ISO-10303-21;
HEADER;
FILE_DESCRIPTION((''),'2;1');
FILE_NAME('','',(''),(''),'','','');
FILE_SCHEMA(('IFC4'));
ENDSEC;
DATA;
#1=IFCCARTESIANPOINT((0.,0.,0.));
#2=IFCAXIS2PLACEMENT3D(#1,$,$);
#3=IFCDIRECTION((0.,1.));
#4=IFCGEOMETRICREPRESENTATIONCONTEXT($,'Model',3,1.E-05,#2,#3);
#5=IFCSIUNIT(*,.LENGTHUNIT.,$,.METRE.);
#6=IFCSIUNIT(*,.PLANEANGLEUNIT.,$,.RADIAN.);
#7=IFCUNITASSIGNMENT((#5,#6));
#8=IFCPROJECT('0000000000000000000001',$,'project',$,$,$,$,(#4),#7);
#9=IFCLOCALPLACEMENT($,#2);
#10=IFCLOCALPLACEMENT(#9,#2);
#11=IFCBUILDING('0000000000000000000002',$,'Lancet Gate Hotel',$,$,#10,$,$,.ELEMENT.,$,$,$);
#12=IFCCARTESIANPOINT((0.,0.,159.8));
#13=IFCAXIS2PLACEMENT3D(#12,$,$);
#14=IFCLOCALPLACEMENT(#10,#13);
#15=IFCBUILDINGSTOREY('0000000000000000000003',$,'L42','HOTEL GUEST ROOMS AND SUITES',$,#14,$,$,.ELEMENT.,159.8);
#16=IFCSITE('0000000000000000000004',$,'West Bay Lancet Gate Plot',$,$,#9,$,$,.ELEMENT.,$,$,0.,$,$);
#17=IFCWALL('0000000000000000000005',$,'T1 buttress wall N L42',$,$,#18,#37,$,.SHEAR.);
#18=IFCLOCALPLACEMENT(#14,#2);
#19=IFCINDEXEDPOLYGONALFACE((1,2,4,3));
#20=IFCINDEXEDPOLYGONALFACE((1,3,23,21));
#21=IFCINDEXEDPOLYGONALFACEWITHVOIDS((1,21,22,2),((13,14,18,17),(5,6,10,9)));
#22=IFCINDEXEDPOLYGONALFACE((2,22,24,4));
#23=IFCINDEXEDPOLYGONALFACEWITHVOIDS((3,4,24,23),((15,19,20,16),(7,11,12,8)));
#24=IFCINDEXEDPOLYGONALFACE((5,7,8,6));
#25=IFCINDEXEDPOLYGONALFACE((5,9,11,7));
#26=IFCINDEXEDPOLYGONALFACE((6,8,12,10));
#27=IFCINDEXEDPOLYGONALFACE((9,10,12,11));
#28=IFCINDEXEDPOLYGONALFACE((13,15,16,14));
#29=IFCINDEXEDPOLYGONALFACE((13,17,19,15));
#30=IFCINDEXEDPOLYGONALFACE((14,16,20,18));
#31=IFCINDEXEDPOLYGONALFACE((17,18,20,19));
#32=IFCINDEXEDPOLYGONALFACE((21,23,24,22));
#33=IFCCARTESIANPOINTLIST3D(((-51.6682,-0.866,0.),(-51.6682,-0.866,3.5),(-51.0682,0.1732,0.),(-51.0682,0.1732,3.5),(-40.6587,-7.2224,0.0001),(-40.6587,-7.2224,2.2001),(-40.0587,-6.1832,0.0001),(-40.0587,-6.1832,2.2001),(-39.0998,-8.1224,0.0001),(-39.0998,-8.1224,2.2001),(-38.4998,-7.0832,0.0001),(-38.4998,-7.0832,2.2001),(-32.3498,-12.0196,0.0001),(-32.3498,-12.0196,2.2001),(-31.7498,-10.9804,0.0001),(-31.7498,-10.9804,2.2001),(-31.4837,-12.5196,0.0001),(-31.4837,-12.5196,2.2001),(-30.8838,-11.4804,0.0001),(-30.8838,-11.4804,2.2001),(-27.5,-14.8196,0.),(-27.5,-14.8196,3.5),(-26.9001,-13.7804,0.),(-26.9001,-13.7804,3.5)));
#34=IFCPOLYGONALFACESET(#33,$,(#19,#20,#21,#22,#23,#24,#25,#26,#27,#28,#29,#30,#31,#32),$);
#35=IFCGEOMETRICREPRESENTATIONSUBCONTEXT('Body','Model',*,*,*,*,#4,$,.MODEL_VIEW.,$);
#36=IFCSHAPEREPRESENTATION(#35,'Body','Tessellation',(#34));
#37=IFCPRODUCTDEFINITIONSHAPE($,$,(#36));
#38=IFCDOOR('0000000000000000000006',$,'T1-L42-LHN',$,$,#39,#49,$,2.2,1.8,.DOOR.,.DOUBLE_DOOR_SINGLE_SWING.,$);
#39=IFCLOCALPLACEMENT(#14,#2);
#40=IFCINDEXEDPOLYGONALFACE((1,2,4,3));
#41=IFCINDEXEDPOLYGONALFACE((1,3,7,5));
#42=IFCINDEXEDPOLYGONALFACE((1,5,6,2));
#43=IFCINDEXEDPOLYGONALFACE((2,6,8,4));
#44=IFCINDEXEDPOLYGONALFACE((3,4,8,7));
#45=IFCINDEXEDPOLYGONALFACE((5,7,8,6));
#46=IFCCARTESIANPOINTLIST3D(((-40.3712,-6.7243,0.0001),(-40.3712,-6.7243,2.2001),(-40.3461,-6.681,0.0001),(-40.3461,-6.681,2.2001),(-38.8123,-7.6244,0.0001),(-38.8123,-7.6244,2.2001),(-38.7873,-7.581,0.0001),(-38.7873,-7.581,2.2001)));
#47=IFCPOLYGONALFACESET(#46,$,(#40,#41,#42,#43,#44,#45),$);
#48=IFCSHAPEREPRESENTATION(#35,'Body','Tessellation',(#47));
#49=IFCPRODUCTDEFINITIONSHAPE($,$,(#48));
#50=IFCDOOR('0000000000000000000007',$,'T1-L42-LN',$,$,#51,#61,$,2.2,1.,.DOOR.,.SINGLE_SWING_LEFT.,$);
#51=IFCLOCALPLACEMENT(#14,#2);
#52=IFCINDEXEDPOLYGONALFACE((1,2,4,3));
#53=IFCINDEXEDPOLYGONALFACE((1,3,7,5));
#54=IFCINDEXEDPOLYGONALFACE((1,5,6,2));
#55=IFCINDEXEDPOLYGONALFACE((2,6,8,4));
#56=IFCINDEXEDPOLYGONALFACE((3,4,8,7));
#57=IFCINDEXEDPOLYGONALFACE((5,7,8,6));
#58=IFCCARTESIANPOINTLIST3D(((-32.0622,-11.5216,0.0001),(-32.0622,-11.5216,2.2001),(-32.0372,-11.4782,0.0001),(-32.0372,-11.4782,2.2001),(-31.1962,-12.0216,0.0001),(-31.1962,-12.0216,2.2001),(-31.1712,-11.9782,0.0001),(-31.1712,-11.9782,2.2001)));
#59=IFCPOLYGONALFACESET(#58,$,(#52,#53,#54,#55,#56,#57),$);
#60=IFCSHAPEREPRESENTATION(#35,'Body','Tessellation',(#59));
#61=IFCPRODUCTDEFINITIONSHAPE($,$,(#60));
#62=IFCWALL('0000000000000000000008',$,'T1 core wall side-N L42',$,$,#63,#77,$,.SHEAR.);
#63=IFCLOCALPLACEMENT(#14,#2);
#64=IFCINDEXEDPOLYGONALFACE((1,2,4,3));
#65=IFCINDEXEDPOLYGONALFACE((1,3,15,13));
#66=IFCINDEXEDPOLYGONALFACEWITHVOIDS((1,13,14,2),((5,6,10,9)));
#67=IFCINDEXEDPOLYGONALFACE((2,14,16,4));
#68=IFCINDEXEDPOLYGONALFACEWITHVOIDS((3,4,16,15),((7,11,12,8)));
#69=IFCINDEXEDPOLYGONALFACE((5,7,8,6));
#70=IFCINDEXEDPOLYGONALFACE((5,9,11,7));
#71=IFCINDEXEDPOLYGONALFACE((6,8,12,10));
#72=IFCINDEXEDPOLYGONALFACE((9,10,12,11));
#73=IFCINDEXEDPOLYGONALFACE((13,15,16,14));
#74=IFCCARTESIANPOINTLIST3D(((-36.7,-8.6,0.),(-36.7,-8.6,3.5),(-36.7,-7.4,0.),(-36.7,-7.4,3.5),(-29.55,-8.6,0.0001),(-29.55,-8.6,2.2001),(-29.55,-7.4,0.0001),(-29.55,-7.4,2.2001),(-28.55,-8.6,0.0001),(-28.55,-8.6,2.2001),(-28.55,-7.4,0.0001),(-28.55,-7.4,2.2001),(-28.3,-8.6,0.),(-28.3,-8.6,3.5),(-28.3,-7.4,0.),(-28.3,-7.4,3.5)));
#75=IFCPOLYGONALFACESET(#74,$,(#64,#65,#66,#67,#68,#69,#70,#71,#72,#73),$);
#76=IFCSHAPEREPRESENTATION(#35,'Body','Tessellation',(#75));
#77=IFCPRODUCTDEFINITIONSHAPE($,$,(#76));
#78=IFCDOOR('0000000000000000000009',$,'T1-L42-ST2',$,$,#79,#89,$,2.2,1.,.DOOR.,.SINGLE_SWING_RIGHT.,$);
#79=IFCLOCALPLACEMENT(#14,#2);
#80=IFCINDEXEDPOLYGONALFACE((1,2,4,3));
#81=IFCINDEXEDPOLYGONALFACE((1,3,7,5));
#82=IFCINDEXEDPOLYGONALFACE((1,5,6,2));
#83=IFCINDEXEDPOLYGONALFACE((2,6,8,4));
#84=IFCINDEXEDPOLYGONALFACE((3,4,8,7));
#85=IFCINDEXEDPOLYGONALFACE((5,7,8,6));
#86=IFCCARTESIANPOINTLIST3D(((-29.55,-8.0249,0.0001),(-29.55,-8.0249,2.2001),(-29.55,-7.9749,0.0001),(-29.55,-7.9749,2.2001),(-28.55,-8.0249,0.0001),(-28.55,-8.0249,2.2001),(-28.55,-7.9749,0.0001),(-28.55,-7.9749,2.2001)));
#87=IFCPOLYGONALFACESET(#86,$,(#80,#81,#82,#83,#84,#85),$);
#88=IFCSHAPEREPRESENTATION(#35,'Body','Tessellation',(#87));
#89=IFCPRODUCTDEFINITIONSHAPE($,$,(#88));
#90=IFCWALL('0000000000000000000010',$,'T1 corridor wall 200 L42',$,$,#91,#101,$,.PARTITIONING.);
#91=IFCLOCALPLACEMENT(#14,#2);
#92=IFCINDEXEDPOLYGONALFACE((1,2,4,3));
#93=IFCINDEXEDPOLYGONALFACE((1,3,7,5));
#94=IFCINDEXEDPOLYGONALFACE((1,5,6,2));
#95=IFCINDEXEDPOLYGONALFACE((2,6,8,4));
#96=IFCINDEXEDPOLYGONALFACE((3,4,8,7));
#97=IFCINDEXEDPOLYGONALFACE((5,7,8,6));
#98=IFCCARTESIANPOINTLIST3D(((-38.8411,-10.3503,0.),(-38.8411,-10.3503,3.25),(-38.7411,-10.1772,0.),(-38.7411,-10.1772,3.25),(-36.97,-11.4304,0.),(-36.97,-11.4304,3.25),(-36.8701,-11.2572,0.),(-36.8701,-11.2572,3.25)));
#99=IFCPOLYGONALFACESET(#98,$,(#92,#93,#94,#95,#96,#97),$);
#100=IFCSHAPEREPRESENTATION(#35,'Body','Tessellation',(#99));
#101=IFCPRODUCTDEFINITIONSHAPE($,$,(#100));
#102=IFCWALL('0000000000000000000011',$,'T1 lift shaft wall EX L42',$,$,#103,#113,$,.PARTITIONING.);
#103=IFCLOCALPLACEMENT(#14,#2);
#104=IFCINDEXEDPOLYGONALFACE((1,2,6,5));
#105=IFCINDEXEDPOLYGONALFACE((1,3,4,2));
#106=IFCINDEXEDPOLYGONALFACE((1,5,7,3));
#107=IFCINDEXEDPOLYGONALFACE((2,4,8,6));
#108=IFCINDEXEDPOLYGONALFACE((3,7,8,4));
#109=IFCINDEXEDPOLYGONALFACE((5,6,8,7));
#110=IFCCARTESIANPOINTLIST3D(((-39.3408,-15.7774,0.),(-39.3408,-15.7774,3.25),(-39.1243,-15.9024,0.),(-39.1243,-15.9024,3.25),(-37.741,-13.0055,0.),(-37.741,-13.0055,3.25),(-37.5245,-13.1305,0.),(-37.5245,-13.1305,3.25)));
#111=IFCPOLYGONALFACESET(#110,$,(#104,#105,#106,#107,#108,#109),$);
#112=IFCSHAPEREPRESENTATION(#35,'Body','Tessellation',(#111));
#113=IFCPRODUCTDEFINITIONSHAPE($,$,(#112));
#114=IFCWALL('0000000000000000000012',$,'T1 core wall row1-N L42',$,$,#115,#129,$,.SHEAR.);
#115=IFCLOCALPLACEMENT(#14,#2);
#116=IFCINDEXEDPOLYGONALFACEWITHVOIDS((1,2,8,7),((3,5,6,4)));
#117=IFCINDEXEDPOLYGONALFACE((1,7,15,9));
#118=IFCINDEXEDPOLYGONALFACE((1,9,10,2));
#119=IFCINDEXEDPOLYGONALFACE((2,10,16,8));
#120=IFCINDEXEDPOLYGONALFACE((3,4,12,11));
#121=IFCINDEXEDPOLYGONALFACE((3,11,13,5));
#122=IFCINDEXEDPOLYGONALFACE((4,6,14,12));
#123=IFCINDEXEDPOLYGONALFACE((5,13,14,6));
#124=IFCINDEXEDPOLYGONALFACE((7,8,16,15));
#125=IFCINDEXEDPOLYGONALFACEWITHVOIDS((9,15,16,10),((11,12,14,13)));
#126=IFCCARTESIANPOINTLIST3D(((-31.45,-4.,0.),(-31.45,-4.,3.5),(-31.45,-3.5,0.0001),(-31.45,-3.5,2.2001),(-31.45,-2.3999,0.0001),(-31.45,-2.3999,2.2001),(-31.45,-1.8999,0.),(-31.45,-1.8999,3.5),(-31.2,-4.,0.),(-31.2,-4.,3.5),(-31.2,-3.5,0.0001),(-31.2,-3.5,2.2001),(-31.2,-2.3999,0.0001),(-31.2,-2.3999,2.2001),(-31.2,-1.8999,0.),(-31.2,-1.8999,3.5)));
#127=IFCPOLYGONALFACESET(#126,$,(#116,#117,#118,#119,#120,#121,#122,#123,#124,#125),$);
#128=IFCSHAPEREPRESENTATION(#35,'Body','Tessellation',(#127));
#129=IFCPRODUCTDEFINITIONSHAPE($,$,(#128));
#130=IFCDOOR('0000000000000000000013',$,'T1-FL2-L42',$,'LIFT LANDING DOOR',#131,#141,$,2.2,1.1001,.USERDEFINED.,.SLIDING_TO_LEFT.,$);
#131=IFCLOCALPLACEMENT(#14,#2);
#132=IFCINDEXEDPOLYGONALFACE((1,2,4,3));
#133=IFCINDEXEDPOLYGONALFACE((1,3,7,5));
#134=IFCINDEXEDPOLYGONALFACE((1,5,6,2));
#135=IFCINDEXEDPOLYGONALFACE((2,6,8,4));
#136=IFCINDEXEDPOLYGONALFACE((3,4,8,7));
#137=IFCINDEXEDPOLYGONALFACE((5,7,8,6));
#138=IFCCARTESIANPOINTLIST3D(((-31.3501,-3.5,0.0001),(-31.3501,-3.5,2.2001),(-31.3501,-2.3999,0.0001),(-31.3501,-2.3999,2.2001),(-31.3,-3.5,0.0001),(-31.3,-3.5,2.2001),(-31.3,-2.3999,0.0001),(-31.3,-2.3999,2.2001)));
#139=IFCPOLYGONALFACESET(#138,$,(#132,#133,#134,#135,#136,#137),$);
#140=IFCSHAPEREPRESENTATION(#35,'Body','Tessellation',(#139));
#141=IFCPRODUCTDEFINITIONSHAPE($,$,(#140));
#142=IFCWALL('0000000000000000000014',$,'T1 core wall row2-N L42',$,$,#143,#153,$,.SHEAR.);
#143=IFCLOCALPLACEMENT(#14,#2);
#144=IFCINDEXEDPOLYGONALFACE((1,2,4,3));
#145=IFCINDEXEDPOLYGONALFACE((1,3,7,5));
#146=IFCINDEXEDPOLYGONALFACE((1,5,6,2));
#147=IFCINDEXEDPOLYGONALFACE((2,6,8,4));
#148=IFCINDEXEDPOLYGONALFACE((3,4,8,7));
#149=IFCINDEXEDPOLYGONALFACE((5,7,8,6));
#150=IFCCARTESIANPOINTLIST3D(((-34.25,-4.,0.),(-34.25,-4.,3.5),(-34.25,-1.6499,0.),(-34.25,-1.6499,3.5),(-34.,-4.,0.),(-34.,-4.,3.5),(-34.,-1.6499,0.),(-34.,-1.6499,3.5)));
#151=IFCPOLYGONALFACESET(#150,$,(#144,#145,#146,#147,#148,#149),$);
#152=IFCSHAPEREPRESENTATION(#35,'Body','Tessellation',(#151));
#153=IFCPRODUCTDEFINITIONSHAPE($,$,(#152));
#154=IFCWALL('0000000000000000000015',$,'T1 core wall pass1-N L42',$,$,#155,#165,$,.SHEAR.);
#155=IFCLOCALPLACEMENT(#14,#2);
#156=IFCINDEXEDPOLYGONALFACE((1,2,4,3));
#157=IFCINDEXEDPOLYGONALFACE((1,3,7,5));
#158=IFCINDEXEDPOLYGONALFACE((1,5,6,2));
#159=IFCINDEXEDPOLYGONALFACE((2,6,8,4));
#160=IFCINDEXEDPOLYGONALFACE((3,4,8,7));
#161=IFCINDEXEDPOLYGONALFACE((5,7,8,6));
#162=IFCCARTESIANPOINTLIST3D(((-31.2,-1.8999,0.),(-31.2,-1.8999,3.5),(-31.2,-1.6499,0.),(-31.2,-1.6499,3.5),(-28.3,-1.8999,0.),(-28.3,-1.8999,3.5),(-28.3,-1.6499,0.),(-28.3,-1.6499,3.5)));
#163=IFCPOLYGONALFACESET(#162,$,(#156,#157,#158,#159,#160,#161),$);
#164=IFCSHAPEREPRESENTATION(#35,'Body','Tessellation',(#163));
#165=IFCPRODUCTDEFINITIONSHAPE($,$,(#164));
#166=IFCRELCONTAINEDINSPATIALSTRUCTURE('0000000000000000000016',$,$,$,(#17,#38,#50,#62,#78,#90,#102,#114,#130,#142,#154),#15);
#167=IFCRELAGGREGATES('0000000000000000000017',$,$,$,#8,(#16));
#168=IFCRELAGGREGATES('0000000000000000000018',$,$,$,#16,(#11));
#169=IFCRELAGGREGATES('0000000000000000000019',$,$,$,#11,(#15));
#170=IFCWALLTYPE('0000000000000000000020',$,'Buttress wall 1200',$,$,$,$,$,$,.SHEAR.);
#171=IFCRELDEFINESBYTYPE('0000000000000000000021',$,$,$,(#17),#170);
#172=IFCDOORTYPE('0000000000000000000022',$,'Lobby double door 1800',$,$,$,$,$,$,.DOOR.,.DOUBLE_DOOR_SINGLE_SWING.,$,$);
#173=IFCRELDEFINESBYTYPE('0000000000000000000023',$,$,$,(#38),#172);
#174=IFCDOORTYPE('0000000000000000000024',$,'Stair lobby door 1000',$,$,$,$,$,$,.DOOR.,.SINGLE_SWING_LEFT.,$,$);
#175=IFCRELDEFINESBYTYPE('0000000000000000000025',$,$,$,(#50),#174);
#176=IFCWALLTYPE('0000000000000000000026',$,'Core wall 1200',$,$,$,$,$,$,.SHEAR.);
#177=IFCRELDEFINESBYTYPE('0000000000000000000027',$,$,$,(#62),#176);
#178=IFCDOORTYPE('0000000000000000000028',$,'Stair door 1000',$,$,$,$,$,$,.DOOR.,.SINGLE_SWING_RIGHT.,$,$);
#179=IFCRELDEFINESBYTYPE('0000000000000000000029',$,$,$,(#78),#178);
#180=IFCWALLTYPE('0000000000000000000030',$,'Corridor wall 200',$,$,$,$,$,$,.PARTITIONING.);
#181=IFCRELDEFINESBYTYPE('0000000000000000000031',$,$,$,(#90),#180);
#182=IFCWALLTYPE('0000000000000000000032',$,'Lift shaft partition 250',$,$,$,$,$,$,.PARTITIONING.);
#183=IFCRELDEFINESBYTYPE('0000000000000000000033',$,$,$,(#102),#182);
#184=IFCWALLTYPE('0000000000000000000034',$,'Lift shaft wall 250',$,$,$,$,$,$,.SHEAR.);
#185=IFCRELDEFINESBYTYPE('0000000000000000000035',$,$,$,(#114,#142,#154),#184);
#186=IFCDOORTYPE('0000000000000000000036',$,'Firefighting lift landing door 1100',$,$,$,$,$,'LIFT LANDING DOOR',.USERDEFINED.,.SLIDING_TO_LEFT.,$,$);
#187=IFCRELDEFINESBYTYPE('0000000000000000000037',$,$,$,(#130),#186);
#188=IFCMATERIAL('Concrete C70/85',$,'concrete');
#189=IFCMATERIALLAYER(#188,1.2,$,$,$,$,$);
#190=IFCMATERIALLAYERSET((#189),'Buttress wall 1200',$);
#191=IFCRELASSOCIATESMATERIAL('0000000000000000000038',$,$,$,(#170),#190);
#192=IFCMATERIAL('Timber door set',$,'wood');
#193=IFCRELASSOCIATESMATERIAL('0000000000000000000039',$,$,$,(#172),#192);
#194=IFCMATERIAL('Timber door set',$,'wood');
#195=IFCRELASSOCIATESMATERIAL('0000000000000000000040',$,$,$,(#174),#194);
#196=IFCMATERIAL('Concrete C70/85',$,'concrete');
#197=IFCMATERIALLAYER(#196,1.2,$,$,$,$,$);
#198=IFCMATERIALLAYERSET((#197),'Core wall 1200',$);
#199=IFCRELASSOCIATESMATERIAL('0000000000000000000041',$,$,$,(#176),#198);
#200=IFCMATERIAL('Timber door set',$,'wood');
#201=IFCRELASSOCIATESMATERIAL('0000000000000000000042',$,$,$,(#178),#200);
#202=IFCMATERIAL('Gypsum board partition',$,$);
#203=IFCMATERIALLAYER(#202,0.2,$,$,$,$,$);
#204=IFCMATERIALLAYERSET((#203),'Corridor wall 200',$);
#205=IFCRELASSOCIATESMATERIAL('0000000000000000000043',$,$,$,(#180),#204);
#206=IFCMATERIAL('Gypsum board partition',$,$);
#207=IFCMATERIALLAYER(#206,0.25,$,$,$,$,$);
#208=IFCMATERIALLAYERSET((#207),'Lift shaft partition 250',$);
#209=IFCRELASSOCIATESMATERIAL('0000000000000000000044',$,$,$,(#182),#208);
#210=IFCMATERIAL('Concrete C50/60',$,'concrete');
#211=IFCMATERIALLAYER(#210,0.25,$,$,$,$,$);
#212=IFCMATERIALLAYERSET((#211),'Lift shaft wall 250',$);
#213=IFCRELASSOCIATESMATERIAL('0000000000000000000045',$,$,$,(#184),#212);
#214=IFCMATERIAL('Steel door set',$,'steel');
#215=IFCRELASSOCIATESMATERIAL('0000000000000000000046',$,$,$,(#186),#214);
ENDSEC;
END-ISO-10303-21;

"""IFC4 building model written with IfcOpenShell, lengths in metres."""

from ifc_helpers import new_model, si_unit, direction, frame, frame_2d, origin, place, context, subcontext, project, spatial, rectangle, extrude, material, layer, layer_set, type_object, element, fill, save


model = new_model("IFC4")

# Units and contexts
model_context = context("Model", 3, precision=1e-05, world=origin(), true_north=direction((0.0, 1.0)))
body_context = subcontext(model_context, "Body", "Model", "MODEL_VIEW")
ifc_project = project(units=[si_unit("LENGTHUNIT", "METRE"), si_unit("PLANEANGLEUNIT", "RADIAN")], contexts=[model_context])

# Site, building, storey
site_placement = place(None, origin())
site = spatial("IfcSite", under=ifc_project, at=site_placement, Name="West Bay Lancet Gate Plot", CompositionType="ELEMENT", RefElevation=0.0)
building_placement = place(site_placement, origin())
building = spatial("IfcBuilding", under=site, at=building_placement, Name="Lancet Gate Hotel", CompositionType="ELEMENT")
storey_placement = place(building_placement, frame((0.0, 0.0, 159.8)))
storey = spatial("IfcBuildingStorey", under=building, at=storey_placement, Name="L42", Description="HOTEL GUEST ROOMS AND SUITES", CompositionType="ELEMENT", Elevation=159.8)

# Wall, openings, doors
ifc_material_1 = material(Name="Concrete C70/85", Category="concrete")
ifc_layer_1 = layer(ifc_material_1, 1.2)
ifc_layer_set_1 = layer_set([ifc_layer_1], Name="Buttress wall 1200")
wall_type_1 = type_object("IfcWallType", Name="Buttress wall 1200", PredefinedType="SHEAR", material=ifc_layer_set_1)
wall_1_placement = place(storey_placement, frame((-27.2, -14.3, 0.0), z_axis=(0.0, 0.0, 1.0), x_axis=(-0.866024, 0.500002, 0.0)))
wall_1 = element("IfcWall", 1, at=wall_1_placement, inside=storey, type_object=wall_type_1, Name="T1 buttress wall N L42", PredefinedType="SHEAR", context=body_context, shape_type="SweptSolid", body=[
    extrude(rectangle(XDim=27.907, YDim=1.2, at=frame_2d((13.9536, 0.0))), origin(), (0.0, 0.0, 1.0), 3.5),
])
opening_1_placement = place(wall_1_placement, frame((4.6001, 0.0, 0.0)))
opening_1 = element("IfcOpeningElement", 2, at=opening_1_placement, cuts=wall_1, PredefinedType="OPENING", context=body_context, shape_type="SweptSolid", body=[
    extrude(rectangle(XDim=1.0, YDim=2.2, at=frame_2d((0.5, 1.1001))), frame((0.0, 0.6099, 0.0), z_axis=(0.0, -1.0, 0.0), x_axis=(1.0, 0.0, 0.0)), (0.0, 0.0, 1.0), 1.22),
])
opening_2_placement = place(wall_1_placement, frame((13.3945, 0.0, 0.0)))
opening_2 = element("IfcOpeningElement", 3, at=opening_2_placement, cuts=wall_1, PredefinedType="OPENING", context=body_context, shape_type="SweptSolid", body=[
    extrude(rectangle(XDim=1.8, YDim=2.2, at=frame_2d((0.8999, 1.1001))), frame((0.0, 0.6099, 0.0), z_axis=(0.0, -1.0, 0.0), x_axis=(1.0, 0.0, 0.0)), (0.0, 0.0, 1.0), 1.22),
])
ifc_material_2 = material(Name="Timber door set", Category="wood")
door_type_1 = type_object("IfcDoorType", Name="Lobby double door 1800", OperationType="DOUBLE_DOOR_SINGLE_SWING", PredefinedType="DOOR", material=ifc_material_2)
door_1_placement = place(opening_2_placement, origin())
door_1 = element("IfcDoor", 4, at=door_1_placement, inside=storey, type_object=door_type_1, Name="T1-L42-LHN", OperationType="DOUBLE_DOOR_SINGLE_SWING", OverallHeight=2.2, OverallWidth=1.8, PredefinedType="DOOR", context=body_context, shape_type="SweptSolid", body=[
    extrude(rectangle(XDim=1.8, YDim=2.2, at=frame_2d((0.8999, 1.1001))), frame((0.0, 0.0249, 0.0), z_axis=(0.0, -1.0, 0.0), x_axis=(1.0, 0.0, 0.0)), (0.0, 0.0, 1.0), 0.05),
])
fill(opening_2, door_1)
ifc_material_3 = material(Name="Timber door set", Category="wood")
door_type_2 = type_object("IfcDoorType", Name="Stair lobby door 1000", OperationType="SINGLE_SWING_LEFT", PredefinedType="DOOR", material=ifc_material_3)
door_2_placement = place(opening_1_placement, origin())
door_2 = element("IfcDoor", 5, at=door_2_placement, inside=storey, type_object=door_type_2, Name="T1-L42-LN", OperationType="SINGLE_SWING_LEFT", OverallHeight=2.2, OverallWidth=1.0, PredefinedType="DOOR", context=body_context, shape_type="SweptSolid", body=[
    extrude(rectangle(XDim=1.0, YDim=2.2, at=frame_2d((0.5, 1.1001))), frame((0.0, 0.0249, 0.0), z_axis=(0.0, -1.0, 0.0), x_axis=(1.0, 0.0, 0.0)), (0.0, 0.0, 1.0), 0.05),
])
fill(opening_1, door_2)

# Wall, opening, door
ifc_material_4 = material(Name="Concrete C70/85", Category="concrete")
ifc_layer_2 = layer(ifc_material_4, 1.2)
ifc_layer_set_2 = layer_set([ifc_layer_2], Name="Core wall 1200")
wall_type_2 = type_object("IfcWallType", Name="Core wall 1200", PredefinedType="SHEAR", material=ifc_layer_set_2)
wall_2_placement = place(storey_placement, frame((-28.3, -8.0, 0.0), z_axis=(0.0, 0.0, 1.0), x_axis=(-1.0, 0.0, 0.0)))
wall_2 = element("IfcWall", 6, at=wall_2_placement, inside=storey, type_object=wall_type_2, Name="T1 core wall side-N L42", PredefinedType="SHEAR", context=body_context, shape_type="SweptSolid", body=[
    extrude(rectangle(XDim=8.3999, YDim=1.2, at=frame_2d((4.2, 0.0))), origin(), (0.0, 0.0, 1.0), 3.5),
])
opening_3_placement = place(wall_2_placement, frame((0.25, 0.0, 0.0)))
opening_3 = element("IfcOpeningElement", 7, at=opening_3_placement, cuts=wall_2, PredefinedType="OPENING", context=body_context, shape_type="SweptSolid", body=[
    extrude(rectangle(XDim=1.0, YDim=2.2, at=frame_2d((0.5, 1.1001))), frame((0.0, 0.6099, 0.0), z_axis=(0.0, -1.0, 0.0), x_axis=(1.0, 0.0, 0.0)), (0.0, 0.0, 1.0), 1.22),
])
ifc_material_5 = material(Name="Timber door set", Category="wood")
door_type_3 = type_object("IfcDoorType", Name="Stair door 1000", OperationType="SINGLE_SWING_RIGHT", PredefinedType="DOOR", material=ifc_material_5)
door_3_placement = place(opening_3_placement, origin())
door_3 = element("IfcDoor", 8, at=door_3_placement, inside=storey, type_object=door_type_3, Name="T1-L42-ST2", OperationType="SINGLE_SWING_RIGHT", OverallHeight=2.2, OverallWidth=1.0, PredefinedType="DOOR", context=body_context, shape_type="SweptSolid", body=[
    extrude(rectangle(XDim=1.0, YDim=2.2, at=frame_2d((0.5, 1.1001))), frame((0.0, 0.0249, 0.0), z_axis=(0.0, -1.0, 0.0), x_axis=(1.0, 0.0, 0.0)), (0.0, 0.0, 1.0), 0.05),
])
fill(opening_3, door_3)

# Walls
ifc_material_6 = material(Name="Gypsum board partition")
ifc_layer_3 = layer(ifc_material_6, 0.2)
ifc_layer_set_3 = layer_set([ifc_layer_3], Name="Corridor wall 200")
wall_type_3 = type_object("IfcWallType", Name="Corridor wall 200", PredefinedType="PARTITIONING", material=ifc_layer_set_3)
wall_3_placement = place(storey_placement, frame((-36.9202, -11.3438, 0.0), z_axis=(0.0, 0.0, 1.0), x_axis=(-0.866065, 0.499931, 0.0)))
element("IfcWall", 9, at=wall_3_placement, inside=storey, type_object=wall_type_3, Name="T1 corridor wall 200 L42", PredefinedType="PARTITIONING", context=body_context, shape_type="SweptSolid", body=[
    extrude(rectangle(XDim=2.1604, YDim=0.2, at=frame_2d((1.0801, 0.0))), origin(), (0.0, 0.0, 1.0), 3.25),
])
ifc_material_7 = material(Name="Gypsum board partition")
ifc_layer_4 = layer(ifc_material_7, 0.25)
ifc_layer_set_4 = layer_set([ifc_layer_4], Name="Lift shaft partition 250")
wall_type_4 = type_object("IfcWallType", Name="Lift shaft partition 250", PredefinedType="PARTITIONING", material=ifc_layer_set_4)
wall_4_placement = place(storey_placement, frame((-37.6328, -13.0681, 0.0), z_axis=(0.0, 0.0, 1.0), x_axis=(-0.499872, -0.866099, 0.0)))
element("IfcWall", 10, at=wall_4_placement, inside=storey, type_object=wall_type_4, Name="T1 lift shaft wall EX L42", PredefinedType="PARTITIONING", context=body_context, shape_type="SweptSolid", body=[
    extrude(rectangle(XDim=3.2004, YDim=0.25, at=frame_2d((1.6001, 0.0))), origin(), (0.0, 0.0, 1.0), 3.25),
])

# Wall, opening, door
ifc_material_8 = material(Name="Concrete C50/60", Category="concrete")
ifc_layer_5 = layer(ifc_material_8, 0.25)
ifc_layer_set_5 = layer_set([ifc_layer_5], Name="Lift shaft wall 250")
wall_type_5 = type_object("IfcWallType", Name="Lift shaft wall 250", PredefinedType="SHEAR", material=ifc_layer_set_5)
wall_5_placement = place(storey_placement, frame((-31.325, -1.8999, 0.0), z_axis=(0.0, 0.0, 1.0), x_axis=(0.0, -1.0, 0.0)))
wall_5 = element("IfcWall", 11, at=wall_5_placement, inside=storey, type_object=wall_type_5, Name="T1 core wall row1-N L42", PredefinedType="SHEAR", context=body_context, shape_type="SweptSolid", body=[
    extrude(rectangle(XDim=2.1001, YDim=0.25, at=frame_2d((1.05, 0.0))), origin(), (0.0, 0.0, 1.0), 3.5),
])
opening_4_placement = place(wall_5_placement, frame((0.5, 0.0, 0.0)))
opening_4 = element("IfcOpeningElement", 12, at=opening_4_placement, cuts=wall_5, PredefinedType="OPENING", context=body_context, shape_type="SweptSolid", body=[
    extrude(rectangle(XDim=1.1001, YDim=2.2, at=frame_2d((0.55, 1.1001))), frame((0.0, 0.135, 0.0), z_axis=(0.0, -1.0, 0.0), x_axis=(1.0, 0.0, 0.0)), (0.0, 0.0, 1.0), 0.27),
])
ifc_material_9 = material(Name="Steel door set", Category="steel")
door_type_4 = type_object("IfcDoorType", Name="Firefighting lift landing door 1100", ElementType="LIFT LANDING DOOR", OperationType="SLIDING_TO_LEFT", PredefinedType="USERDEFINED", material=ifc_material_9)
door_4_placement = place(opening_4_placement, origin())
door_4 = element("IfcDoor", 13, at=door_4_placement, inside=storey, type_object=door_type_4, Name="T1-FL2-L42", ObjectType="LIFT LANDING DOOR", OperationType="SLIDING_TO_LEFT", OverallHeight=2.2, OverallWidth=1.1001, PredefinedType="USERDEFINED", context=body_context, shape_type="SweptSolid", body=[
    extrude(rectangle(XDim=1.1001, YDim=2.2, at=frame_2d((0.55, 1.1001))), frame((0.0, 0.0249, 0.0), z_axis=(0.0, -1.0, 0.0), x_axis=(1.0, 0.0, 0.0)), (0.0, 0.0, 1.0), 0.05),
])
fill(opening_4, door_4)

# Walls
wall_6_placement = place(storey_placement, frame((-34.125, -1.6499, 0.0), z_axis=(0.0, 0.0, 1.0), x_axis=(0.0, -1.0, 0.0)))
element("IfcWall", 14, at=wall_6_placement, inside=storey, type_object=wall_type_5, Name="T1 core wall row2-N L42", PredefinedType="SHEAR", context=body_context, shape_type="SweptSolid", body=[
    extrude(rectangle(XDim=2.3501, YDim=0.25, at=frame_2d((1.175, 0.0))), origin(), (0.0, 0.0, 1.0), 3.5),
])
wall_7_placement = place(storey_placement, frame((-28.3, -1.7749, 0.0), z_axis=(0.0, 0.0, 1.0), x_axis=(-1.0, 0.0, 0.0)))
element("IfcWall", 15, at=wall_7_placement, inside=storey, type_object=wall_type_5, Name="T1 core wall pass1-N L42", PredefinedType="SHEAR", context=body_context, shape_type="SweptSolid", body=[
    extrude(rectangle(XDim=2.8999, YDim=0.25, at=frame_2d((1.45, 0.0))), origin(), (0.0, 0.0, 1.0), 3.5),
])

save(model, "model.ifc")
